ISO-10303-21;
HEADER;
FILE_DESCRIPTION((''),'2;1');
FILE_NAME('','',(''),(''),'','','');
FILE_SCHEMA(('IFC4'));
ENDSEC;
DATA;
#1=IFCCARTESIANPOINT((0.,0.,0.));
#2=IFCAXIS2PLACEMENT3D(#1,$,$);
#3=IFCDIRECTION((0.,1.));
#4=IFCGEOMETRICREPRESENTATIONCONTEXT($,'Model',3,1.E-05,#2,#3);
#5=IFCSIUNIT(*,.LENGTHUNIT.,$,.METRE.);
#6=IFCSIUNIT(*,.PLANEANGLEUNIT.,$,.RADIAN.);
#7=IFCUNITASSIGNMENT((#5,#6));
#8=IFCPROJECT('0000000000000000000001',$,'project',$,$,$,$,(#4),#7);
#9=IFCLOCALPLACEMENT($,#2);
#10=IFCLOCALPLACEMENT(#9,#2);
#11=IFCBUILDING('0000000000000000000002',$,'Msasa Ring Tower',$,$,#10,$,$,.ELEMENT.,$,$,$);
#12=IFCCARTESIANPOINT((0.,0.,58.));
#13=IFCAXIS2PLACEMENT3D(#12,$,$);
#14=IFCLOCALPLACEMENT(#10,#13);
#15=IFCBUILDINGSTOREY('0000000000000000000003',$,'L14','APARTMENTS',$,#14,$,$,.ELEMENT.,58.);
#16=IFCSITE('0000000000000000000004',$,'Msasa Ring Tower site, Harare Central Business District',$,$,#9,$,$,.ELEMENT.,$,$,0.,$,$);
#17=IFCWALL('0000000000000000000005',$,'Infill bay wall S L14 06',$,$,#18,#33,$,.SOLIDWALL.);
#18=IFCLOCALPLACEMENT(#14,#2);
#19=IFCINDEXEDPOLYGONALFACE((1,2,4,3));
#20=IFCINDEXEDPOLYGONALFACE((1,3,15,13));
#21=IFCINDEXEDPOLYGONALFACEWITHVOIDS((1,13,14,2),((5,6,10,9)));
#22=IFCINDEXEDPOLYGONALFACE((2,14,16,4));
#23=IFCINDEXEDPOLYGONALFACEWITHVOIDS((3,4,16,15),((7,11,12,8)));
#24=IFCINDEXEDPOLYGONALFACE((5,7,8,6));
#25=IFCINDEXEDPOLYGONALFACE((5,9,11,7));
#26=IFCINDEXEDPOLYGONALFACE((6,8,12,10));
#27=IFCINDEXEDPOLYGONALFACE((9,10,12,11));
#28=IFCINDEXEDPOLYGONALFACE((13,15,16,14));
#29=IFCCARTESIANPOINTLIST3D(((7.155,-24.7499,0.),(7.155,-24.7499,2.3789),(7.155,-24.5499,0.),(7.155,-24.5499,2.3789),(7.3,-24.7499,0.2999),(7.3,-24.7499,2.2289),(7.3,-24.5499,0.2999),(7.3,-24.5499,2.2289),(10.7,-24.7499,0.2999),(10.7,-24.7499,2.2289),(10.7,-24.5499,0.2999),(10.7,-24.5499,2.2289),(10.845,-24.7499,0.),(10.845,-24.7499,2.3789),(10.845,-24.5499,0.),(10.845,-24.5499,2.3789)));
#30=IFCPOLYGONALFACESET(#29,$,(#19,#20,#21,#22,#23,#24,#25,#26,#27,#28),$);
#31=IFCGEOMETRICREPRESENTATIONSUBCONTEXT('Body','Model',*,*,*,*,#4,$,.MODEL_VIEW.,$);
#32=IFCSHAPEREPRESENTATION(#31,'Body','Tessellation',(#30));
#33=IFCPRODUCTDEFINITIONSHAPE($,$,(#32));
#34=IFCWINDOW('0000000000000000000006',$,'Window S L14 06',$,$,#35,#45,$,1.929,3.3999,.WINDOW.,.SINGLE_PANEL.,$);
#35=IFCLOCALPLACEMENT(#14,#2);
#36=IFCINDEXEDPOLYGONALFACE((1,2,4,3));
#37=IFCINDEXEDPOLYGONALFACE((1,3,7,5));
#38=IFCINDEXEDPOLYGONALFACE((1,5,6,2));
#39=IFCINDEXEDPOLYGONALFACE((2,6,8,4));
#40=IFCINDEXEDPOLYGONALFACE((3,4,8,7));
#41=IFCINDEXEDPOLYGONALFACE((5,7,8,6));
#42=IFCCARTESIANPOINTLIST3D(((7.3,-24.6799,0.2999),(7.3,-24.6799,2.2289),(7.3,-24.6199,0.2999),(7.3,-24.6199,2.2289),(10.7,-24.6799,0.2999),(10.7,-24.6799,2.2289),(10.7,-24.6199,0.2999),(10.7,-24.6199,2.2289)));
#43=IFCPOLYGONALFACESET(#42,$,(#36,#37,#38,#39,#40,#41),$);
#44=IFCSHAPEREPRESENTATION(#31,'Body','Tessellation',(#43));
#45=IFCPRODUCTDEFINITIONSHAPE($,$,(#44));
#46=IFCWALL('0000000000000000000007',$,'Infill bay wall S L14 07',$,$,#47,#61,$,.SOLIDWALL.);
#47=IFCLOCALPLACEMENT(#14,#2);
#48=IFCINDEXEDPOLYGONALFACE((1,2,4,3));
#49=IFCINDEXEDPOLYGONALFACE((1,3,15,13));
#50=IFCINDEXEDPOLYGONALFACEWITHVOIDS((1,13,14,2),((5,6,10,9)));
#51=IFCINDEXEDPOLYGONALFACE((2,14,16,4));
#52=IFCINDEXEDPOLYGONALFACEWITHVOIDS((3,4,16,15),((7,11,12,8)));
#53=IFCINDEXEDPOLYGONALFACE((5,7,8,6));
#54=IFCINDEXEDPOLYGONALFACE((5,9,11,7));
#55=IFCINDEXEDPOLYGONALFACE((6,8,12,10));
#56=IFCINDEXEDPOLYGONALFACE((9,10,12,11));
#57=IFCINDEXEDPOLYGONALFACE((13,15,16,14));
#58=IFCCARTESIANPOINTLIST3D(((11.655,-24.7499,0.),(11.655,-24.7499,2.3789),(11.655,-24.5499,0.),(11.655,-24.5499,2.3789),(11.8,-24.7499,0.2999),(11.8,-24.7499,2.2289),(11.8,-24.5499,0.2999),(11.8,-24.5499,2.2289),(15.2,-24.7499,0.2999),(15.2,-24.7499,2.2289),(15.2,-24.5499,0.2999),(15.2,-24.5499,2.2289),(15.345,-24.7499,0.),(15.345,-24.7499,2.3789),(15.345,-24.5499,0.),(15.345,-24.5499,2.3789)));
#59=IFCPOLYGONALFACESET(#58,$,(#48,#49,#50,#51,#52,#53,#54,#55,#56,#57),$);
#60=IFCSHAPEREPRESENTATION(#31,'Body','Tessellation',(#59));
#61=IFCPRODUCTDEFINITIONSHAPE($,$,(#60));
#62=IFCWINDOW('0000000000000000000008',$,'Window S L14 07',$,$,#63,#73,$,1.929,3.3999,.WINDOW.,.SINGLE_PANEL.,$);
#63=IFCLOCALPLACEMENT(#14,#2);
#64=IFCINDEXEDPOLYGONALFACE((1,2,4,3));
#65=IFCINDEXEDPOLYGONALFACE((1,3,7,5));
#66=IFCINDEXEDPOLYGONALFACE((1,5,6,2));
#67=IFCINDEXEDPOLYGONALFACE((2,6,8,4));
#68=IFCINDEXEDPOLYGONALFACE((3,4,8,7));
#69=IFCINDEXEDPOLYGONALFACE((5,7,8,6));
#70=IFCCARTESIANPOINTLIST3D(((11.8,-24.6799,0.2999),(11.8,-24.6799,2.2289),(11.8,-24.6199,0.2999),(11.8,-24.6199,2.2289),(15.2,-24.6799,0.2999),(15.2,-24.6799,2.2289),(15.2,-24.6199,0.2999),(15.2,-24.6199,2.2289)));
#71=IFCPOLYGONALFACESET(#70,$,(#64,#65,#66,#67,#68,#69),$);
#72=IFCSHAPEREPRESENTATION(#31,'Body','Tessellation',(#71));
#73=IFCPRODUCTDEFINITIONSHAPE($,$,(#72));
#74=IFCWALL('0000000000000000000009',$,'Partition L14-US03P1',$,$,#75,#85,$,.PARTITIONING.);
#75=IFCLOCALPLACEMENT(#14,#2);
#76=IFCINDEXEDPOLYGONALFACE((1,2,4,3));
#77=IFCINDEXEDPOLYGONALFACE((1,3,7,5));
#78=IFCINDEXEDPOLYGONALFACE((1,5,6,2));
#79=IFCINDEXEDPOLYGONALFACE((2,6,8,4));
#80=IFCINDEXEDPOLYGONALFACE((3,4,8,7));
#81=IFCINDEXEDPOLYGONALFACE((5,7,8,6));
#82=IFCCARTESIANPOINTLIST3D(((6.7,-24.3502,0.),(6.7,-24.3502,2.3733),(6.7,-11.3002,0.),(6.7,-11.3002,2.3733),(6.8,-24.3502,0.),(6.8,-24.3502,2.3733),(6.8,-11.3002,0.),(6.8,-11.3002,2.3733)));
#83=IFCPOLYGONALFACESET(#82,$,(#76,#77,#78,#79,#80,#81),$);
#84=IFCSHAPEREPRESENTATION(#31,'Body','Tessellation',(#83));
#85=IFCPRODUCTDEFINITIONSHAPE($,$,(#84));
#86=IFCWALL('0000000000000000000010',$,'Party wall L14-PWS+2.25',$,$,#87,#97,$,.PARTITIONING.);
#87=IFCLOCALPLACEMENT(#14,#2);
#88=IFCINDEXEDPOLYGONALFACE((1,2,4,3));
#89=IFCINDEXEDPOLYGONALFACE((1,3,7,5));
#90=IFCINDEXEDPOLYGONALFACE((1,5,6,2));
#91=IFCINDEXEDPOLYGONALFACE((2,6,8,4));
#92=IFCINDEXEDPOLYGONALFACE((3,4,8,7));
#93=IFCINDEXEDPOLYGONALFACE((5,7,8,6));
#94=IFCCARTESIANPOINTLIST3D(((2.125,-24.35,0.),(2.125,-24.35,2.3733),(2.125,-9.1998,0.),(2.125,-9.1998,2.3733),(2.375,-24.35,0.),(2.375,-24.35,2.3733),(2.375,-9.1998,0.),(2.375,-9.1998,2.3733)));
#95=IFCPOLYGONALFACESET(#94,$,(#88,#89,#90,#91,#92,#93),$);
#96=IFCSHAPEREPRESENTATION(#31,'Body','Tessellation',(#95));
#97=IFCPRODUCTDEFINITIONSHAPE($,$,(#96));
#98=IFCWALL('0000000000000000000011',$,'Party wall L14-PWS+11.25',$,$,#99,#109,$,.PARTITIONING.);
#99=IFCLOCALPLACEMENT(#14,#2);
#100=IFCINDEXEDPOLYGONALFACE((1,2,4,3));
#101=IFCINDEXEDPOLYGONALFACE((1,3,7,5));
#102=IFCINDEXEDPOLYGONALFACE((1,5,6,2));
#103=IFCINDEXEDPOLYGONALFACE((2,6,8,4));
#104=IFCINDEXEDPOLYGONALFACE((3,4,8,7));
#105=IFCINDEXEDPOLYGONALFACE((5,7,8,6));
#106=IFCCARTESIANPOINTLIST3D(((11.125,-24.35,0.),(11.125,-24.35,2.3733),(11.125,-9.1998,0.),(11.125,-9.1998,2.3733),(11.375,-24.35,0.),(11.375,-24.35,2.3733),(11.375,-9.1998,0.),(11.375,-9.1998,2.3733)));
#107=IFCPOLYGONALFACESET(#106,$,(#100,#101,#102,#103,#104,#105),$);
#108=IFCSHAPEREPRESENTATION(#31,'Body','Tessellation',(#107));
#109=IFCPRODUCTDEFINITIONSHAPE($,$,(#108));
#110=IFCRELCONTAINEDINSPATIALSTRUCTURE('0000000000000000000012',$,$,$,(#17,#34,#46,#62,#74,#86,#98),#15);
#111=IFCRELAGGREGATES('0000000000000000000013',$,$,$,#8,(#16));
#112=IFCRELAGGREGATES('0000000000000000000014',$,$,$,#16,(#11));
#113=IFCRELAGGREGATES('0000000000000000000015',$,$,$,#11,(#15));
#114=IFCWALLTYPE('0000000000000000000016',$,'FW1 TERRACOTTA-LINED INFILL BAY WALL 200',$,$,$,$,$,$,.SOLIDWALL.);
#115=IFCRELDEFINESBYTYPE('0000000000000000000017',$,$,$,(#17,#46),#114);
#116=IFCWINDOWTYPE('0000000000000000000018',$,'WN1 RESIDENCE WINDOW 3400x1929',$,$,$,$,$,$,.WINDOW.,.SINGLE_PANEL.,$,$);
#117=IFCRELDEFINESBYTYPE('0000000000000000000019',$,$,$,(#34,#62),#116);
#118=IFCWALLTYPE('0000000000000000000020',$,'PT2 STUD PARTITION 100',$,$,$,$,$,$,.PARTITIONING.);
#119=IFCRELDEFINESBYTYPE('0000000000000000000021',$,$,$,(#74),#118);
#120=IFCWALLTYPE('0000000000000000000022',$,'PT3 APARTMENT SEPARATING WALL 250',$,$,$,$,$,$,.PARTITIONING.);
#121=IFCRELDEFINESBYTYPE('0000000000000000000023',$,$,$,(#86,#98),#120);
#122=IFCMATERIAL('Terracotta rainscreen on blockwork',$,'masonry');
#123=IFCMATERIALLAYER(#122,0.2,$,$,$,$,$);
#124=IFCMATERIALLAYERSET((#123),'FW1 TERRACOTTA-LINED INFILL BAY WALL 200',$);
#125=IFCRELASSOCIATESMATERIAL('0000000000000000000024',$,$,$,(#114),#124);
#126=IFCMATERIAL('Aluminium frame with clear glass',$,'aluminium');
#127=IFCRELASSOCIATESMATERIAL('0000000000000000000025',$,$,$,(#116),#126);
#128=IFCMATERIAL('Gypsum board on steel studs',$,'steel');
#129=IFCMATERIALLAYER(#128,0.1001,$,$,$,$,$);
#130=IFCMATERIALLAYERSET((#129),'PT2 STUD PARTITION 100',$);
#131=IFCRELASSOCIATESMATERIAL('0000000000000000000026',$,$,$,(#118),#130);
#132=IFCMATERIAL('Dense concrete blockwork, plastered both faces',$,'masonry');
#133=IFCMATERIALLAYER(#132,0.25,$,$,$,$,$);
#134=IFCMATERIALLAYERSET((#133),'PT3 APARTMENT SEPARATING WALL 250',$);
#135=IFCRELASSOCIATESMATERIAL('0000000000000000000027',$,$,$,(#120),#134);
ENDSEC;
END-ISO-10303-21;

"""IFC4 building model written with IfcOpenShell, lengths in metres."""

from ifc_helpers import new_model, si_unit, direction, frame, frame_2d, origin, place, context, subcontext, project, spatial, rectangle, extrude, material, layer, layer_set, type_object, element, fill, save


model = new_model("IFC4")

# Units and contexts
model_context = context("Model", 3, precision=1e-05, world=origin(), true_north=direction((0.0, 1.0)))
body_context = subcontext(model_context, "Body", "Model", "MODEL_VIEW")
ifc_project = project(units=[si_unit("LENGTHUNIT", "METRE"), si_unit("PLANEANGLEUNIT", "RADIAN")], contexts=[model_context])

# Site, building, storey
site_placement = place(None, origin())
site = spatial("IfcSite", under=ifc_project, at=site_placement, Name="Msasa Ring Tower site, Harare Central Business District", CompositionType="ELEMENT", RefElevation=0.0)
building_placement = place(site_placement, origin())
building = spatial("IfcBuilding", under=site, at=building_placement, Name="Msasa Ring Tower", CompositionType="ELEMENT")
storey_placement = place(building_placement, frame((0.0, 0.0, 58.0)))
storey = spatial("IfcBuildingStorey", under=building, at=storey_placement, Name="L14", Description="APARTMENTS", CompositionType="ELEMENT", Elevation=58.0)

# Walls, openings, windows
ifc_material_1 = material(Name="Terracotta rainscreen on blockwork", Category="masonry")
ifc_layer_1 = layer(ifc_material_1, 0.2)
ifc_layer_set_1 = layer_set([ifc_layer_1], Name="FW1 TERRACOTTA-LINED INFILL BAY WALL 200")
wall_type_1 = type_object("IfcWallType", Name="FW1 TERRACOTTA-LINED INFILL BAY WALL 200", PredefinedType="SOLIDWALL", material=ifc_layer_set_1)
ifc_material_2 = material(Name="Aluminium frame with clear glass", Category="aluminium")
window_type = type_object("IfcWindowType", Name="WN1 RESIDENCE WINDOW 3400x1929", PartitioningType="SINGLE_PANEL", PredefinedType="WINDOW", material=ifc_material_2)
wall_1_placement = place(storey_placement, frame((7.155, -24.6499, 0.0), z_axis=(0.0, 0.0, 1.0), x_axis=(1.0, 0.0, 0.0)))
wall_1 = element("IfcWall", 1, at=wall_1_placement, inside=storey, type_object=wall_type_1, Name="Infill bay wall S L14 06", PredefinedType="SOLIDWALL", context=body_context, shape_type="SweptSolid", body=[
    extrude(rectangle(XDim=3.6899, YDim=0.2, at=frame_2d((1.845, 0.0))), origin(), (0.0, 0.0, 1.0), 2.3789),
])
opening_1_placement = place(wall_1_placement, frame((0.145, 0.0, 0.3)))
opening_1 = element("IfcOpeningElement", 2, at=opening_1_placement, cuts=wall_1, PredefinedType="OPENING", context=body_context, shape_type="SweptSolid", body=[
    extrude(rectangle(XDim=3.3999, YDim=1.929, at=frame_2d((1.7, 0.9644))), frame((0.0, 0.1099, 0.0), z_axis=(0.0, -1.0, 0.0), x_axis=(1.0, 0.0, 0.0)), (0.0, 0.0, 1.0), 0.22),
])
window_1_placement = place(opening_1_placement, origin())
window_1 = element("IfcWindow", 3, at=window_1_placement, inside=storey, type_object=window_type, Name="Window S L14 06", OverallHeight=1.929, OverallWidth=3.3999, PartitioningType="SINGLE_PANEL", PredefinedType="WINDOW", context=body_context, shape_type="SweptSolid", body=[
    extrude(rectangle(XDim=3.3999, YDim=1.929, at=frame_2d((1.7, 0.9644))), frame((0.0, 0.03, 0.0), z_axis=(0.0, -1.0, 0.0), x_axis=(1.0, 0.0, 0.0)), (0.0, 0.0, 1.0), 0.0601),
])
fill(opening_1, window_1)
wall_2_placement = place(storey_placement, frame((11.655, -24.6499, 0.0), z_axis=(0.0, 0.0, 1.0), x_axis=(1.0, 0.0, 0.0)))
wall_2 = element("IfcWall", 4, at=wall_2_placement, inside=storey, type_object=wall_type_1, Name="Infill bay wall S L14 07", PredefinedType="SOLIDWALL", context=body_context, shape_type="SweptSolid", body=[
    extrude(rectangle(XDim=3.6899, YDim=0.2, at=frame_2d((1.845, 0.0))), origin(), (0.0, 0.0, 1.0), 2.3789),
])
opening_2_placement = place(wall_2_placement, frame((0.145, 0.0, 0.3)))
opening_2 = element("IfcOpeningElement", 5, at=opening_2_placement, cuts=wall_2, PredefinedType="OPENING", context=body_context, shape_type="SweptSolid", body=[
    extrude(rectangle(XDim=3.3999, YDim=1.929, at=frame_2d((1.7, 0.9644))), frame((0.0, 0.1099, 0.0), z_axis=(0.0, -1.0, 0.0), x_axis=(1.0, 0.0, 0.0)), (0.0, 0.0, 1.0), 0.22),
])
window_2_placement = place(opening_2_placement, origin())
window_2 = element("IfcWindow", 6, at=window_2_placement, inside=storey, type_object=window_type, Name="Window S L14 07", OverallHeight=1.929, OverallWidth=3.3999, PartitioningType="SINGLE_PANEL", PredefinedType="WINDOW", context=body_context, shape_type="SweptSolid", body=[
    extrude(rectangle(XDim=3.3999, YDim=1.929, at=frame_2d((1.7, 0.9644))), frame((0.0, 0.03, 0.0), z_axis=(0.0, -1.0, 0.0), x_axis=(1.0, 0.0, 0.0)), (0.0, 0.0, 1.0), 0.0601),
])
fill(opening_2, window_2)

# Walls
ifc_material_3 = material(Name="Gypsum board on steel studs", Category="steel")
ifc_layer_2 = layer(ifc_material_3, 0.1001)
ifc_layer_set_2 = layer_set([ifc_layer_2], Name="PT2 STUD PARTITION 100")
wall_type_2 = type_object("IfcWallType", Name="PT2 STUD PARTITION 100", PredefinedType="PARTITIONING", material=ifc_layer_set_2)
wall_3_placement = place(storey_placement, frame((6.75, -24.3501, 0.0), z_axis=(0.0, 0.0, 1.0), x_axis=(0.0, 1.0, 0.0)))
element("IfcWall", 7, at=wall_3_placement, inside=storey, type_object=wall_type_2, Name="Partition L14-US03P1", PredefinedType="PARTITIONING", context=body_context, shape_type="SweptSolid", body=[
    extrude(rectangle(XDim=13.05, YDim=0.1001, at=frame_2d((6.5249, 0.0))), origin(), (0.0, 0.0, 1.0), 2.3733),
])
ifc_material_4 = material(Name="Dense concrete blockwork, plastered both faces", Category="masonry")
ifc_layer_3 = layer(ifc_material_4, 0.25)
ifc_layer_set_3 = layer_set([ifc_layer_3], Name="PT3 APARTMENT SEPARATING WALL 250")
wall_type_3 = type_object("IfcWallType", Name="PT3 APARTMENT SEPARATING WALL 250", PredefinedType="PARTITIONING", material=ifc_layer_set_3)
for number, where, z_axis, x_axis, name in (
    (8, (2.25, -24.3501, 0.0), (0.0, 0.0, 1.0), (0.0, 1.0, 0.0), "Party wall L14-PWS+2.25"),
    (9, (11.25, -24.3501, 0.0), (0.0, 0.0, 1.0), (0.0, 1.0, 0.0), "Party wall L14-PWS+11.25"),
):
    element("IfcWall", number, at=place(storey_placement, frame(where, z_axis=z_axis, x_axis=x_axis)), inside=storey, type_object=wall_type_3, Name=name, PredefinedType="PARTITIONING", context=body_context, shape_type="SweptSolid", body=[
        extrude(rectangle(XDim=15.1501, YDim=0.25, at=frame_2d((7.5752, 0.0))), origin(), (0.0, 0.0, 1.0), 2.3733),
    ])

save(model, "model.ifc")
